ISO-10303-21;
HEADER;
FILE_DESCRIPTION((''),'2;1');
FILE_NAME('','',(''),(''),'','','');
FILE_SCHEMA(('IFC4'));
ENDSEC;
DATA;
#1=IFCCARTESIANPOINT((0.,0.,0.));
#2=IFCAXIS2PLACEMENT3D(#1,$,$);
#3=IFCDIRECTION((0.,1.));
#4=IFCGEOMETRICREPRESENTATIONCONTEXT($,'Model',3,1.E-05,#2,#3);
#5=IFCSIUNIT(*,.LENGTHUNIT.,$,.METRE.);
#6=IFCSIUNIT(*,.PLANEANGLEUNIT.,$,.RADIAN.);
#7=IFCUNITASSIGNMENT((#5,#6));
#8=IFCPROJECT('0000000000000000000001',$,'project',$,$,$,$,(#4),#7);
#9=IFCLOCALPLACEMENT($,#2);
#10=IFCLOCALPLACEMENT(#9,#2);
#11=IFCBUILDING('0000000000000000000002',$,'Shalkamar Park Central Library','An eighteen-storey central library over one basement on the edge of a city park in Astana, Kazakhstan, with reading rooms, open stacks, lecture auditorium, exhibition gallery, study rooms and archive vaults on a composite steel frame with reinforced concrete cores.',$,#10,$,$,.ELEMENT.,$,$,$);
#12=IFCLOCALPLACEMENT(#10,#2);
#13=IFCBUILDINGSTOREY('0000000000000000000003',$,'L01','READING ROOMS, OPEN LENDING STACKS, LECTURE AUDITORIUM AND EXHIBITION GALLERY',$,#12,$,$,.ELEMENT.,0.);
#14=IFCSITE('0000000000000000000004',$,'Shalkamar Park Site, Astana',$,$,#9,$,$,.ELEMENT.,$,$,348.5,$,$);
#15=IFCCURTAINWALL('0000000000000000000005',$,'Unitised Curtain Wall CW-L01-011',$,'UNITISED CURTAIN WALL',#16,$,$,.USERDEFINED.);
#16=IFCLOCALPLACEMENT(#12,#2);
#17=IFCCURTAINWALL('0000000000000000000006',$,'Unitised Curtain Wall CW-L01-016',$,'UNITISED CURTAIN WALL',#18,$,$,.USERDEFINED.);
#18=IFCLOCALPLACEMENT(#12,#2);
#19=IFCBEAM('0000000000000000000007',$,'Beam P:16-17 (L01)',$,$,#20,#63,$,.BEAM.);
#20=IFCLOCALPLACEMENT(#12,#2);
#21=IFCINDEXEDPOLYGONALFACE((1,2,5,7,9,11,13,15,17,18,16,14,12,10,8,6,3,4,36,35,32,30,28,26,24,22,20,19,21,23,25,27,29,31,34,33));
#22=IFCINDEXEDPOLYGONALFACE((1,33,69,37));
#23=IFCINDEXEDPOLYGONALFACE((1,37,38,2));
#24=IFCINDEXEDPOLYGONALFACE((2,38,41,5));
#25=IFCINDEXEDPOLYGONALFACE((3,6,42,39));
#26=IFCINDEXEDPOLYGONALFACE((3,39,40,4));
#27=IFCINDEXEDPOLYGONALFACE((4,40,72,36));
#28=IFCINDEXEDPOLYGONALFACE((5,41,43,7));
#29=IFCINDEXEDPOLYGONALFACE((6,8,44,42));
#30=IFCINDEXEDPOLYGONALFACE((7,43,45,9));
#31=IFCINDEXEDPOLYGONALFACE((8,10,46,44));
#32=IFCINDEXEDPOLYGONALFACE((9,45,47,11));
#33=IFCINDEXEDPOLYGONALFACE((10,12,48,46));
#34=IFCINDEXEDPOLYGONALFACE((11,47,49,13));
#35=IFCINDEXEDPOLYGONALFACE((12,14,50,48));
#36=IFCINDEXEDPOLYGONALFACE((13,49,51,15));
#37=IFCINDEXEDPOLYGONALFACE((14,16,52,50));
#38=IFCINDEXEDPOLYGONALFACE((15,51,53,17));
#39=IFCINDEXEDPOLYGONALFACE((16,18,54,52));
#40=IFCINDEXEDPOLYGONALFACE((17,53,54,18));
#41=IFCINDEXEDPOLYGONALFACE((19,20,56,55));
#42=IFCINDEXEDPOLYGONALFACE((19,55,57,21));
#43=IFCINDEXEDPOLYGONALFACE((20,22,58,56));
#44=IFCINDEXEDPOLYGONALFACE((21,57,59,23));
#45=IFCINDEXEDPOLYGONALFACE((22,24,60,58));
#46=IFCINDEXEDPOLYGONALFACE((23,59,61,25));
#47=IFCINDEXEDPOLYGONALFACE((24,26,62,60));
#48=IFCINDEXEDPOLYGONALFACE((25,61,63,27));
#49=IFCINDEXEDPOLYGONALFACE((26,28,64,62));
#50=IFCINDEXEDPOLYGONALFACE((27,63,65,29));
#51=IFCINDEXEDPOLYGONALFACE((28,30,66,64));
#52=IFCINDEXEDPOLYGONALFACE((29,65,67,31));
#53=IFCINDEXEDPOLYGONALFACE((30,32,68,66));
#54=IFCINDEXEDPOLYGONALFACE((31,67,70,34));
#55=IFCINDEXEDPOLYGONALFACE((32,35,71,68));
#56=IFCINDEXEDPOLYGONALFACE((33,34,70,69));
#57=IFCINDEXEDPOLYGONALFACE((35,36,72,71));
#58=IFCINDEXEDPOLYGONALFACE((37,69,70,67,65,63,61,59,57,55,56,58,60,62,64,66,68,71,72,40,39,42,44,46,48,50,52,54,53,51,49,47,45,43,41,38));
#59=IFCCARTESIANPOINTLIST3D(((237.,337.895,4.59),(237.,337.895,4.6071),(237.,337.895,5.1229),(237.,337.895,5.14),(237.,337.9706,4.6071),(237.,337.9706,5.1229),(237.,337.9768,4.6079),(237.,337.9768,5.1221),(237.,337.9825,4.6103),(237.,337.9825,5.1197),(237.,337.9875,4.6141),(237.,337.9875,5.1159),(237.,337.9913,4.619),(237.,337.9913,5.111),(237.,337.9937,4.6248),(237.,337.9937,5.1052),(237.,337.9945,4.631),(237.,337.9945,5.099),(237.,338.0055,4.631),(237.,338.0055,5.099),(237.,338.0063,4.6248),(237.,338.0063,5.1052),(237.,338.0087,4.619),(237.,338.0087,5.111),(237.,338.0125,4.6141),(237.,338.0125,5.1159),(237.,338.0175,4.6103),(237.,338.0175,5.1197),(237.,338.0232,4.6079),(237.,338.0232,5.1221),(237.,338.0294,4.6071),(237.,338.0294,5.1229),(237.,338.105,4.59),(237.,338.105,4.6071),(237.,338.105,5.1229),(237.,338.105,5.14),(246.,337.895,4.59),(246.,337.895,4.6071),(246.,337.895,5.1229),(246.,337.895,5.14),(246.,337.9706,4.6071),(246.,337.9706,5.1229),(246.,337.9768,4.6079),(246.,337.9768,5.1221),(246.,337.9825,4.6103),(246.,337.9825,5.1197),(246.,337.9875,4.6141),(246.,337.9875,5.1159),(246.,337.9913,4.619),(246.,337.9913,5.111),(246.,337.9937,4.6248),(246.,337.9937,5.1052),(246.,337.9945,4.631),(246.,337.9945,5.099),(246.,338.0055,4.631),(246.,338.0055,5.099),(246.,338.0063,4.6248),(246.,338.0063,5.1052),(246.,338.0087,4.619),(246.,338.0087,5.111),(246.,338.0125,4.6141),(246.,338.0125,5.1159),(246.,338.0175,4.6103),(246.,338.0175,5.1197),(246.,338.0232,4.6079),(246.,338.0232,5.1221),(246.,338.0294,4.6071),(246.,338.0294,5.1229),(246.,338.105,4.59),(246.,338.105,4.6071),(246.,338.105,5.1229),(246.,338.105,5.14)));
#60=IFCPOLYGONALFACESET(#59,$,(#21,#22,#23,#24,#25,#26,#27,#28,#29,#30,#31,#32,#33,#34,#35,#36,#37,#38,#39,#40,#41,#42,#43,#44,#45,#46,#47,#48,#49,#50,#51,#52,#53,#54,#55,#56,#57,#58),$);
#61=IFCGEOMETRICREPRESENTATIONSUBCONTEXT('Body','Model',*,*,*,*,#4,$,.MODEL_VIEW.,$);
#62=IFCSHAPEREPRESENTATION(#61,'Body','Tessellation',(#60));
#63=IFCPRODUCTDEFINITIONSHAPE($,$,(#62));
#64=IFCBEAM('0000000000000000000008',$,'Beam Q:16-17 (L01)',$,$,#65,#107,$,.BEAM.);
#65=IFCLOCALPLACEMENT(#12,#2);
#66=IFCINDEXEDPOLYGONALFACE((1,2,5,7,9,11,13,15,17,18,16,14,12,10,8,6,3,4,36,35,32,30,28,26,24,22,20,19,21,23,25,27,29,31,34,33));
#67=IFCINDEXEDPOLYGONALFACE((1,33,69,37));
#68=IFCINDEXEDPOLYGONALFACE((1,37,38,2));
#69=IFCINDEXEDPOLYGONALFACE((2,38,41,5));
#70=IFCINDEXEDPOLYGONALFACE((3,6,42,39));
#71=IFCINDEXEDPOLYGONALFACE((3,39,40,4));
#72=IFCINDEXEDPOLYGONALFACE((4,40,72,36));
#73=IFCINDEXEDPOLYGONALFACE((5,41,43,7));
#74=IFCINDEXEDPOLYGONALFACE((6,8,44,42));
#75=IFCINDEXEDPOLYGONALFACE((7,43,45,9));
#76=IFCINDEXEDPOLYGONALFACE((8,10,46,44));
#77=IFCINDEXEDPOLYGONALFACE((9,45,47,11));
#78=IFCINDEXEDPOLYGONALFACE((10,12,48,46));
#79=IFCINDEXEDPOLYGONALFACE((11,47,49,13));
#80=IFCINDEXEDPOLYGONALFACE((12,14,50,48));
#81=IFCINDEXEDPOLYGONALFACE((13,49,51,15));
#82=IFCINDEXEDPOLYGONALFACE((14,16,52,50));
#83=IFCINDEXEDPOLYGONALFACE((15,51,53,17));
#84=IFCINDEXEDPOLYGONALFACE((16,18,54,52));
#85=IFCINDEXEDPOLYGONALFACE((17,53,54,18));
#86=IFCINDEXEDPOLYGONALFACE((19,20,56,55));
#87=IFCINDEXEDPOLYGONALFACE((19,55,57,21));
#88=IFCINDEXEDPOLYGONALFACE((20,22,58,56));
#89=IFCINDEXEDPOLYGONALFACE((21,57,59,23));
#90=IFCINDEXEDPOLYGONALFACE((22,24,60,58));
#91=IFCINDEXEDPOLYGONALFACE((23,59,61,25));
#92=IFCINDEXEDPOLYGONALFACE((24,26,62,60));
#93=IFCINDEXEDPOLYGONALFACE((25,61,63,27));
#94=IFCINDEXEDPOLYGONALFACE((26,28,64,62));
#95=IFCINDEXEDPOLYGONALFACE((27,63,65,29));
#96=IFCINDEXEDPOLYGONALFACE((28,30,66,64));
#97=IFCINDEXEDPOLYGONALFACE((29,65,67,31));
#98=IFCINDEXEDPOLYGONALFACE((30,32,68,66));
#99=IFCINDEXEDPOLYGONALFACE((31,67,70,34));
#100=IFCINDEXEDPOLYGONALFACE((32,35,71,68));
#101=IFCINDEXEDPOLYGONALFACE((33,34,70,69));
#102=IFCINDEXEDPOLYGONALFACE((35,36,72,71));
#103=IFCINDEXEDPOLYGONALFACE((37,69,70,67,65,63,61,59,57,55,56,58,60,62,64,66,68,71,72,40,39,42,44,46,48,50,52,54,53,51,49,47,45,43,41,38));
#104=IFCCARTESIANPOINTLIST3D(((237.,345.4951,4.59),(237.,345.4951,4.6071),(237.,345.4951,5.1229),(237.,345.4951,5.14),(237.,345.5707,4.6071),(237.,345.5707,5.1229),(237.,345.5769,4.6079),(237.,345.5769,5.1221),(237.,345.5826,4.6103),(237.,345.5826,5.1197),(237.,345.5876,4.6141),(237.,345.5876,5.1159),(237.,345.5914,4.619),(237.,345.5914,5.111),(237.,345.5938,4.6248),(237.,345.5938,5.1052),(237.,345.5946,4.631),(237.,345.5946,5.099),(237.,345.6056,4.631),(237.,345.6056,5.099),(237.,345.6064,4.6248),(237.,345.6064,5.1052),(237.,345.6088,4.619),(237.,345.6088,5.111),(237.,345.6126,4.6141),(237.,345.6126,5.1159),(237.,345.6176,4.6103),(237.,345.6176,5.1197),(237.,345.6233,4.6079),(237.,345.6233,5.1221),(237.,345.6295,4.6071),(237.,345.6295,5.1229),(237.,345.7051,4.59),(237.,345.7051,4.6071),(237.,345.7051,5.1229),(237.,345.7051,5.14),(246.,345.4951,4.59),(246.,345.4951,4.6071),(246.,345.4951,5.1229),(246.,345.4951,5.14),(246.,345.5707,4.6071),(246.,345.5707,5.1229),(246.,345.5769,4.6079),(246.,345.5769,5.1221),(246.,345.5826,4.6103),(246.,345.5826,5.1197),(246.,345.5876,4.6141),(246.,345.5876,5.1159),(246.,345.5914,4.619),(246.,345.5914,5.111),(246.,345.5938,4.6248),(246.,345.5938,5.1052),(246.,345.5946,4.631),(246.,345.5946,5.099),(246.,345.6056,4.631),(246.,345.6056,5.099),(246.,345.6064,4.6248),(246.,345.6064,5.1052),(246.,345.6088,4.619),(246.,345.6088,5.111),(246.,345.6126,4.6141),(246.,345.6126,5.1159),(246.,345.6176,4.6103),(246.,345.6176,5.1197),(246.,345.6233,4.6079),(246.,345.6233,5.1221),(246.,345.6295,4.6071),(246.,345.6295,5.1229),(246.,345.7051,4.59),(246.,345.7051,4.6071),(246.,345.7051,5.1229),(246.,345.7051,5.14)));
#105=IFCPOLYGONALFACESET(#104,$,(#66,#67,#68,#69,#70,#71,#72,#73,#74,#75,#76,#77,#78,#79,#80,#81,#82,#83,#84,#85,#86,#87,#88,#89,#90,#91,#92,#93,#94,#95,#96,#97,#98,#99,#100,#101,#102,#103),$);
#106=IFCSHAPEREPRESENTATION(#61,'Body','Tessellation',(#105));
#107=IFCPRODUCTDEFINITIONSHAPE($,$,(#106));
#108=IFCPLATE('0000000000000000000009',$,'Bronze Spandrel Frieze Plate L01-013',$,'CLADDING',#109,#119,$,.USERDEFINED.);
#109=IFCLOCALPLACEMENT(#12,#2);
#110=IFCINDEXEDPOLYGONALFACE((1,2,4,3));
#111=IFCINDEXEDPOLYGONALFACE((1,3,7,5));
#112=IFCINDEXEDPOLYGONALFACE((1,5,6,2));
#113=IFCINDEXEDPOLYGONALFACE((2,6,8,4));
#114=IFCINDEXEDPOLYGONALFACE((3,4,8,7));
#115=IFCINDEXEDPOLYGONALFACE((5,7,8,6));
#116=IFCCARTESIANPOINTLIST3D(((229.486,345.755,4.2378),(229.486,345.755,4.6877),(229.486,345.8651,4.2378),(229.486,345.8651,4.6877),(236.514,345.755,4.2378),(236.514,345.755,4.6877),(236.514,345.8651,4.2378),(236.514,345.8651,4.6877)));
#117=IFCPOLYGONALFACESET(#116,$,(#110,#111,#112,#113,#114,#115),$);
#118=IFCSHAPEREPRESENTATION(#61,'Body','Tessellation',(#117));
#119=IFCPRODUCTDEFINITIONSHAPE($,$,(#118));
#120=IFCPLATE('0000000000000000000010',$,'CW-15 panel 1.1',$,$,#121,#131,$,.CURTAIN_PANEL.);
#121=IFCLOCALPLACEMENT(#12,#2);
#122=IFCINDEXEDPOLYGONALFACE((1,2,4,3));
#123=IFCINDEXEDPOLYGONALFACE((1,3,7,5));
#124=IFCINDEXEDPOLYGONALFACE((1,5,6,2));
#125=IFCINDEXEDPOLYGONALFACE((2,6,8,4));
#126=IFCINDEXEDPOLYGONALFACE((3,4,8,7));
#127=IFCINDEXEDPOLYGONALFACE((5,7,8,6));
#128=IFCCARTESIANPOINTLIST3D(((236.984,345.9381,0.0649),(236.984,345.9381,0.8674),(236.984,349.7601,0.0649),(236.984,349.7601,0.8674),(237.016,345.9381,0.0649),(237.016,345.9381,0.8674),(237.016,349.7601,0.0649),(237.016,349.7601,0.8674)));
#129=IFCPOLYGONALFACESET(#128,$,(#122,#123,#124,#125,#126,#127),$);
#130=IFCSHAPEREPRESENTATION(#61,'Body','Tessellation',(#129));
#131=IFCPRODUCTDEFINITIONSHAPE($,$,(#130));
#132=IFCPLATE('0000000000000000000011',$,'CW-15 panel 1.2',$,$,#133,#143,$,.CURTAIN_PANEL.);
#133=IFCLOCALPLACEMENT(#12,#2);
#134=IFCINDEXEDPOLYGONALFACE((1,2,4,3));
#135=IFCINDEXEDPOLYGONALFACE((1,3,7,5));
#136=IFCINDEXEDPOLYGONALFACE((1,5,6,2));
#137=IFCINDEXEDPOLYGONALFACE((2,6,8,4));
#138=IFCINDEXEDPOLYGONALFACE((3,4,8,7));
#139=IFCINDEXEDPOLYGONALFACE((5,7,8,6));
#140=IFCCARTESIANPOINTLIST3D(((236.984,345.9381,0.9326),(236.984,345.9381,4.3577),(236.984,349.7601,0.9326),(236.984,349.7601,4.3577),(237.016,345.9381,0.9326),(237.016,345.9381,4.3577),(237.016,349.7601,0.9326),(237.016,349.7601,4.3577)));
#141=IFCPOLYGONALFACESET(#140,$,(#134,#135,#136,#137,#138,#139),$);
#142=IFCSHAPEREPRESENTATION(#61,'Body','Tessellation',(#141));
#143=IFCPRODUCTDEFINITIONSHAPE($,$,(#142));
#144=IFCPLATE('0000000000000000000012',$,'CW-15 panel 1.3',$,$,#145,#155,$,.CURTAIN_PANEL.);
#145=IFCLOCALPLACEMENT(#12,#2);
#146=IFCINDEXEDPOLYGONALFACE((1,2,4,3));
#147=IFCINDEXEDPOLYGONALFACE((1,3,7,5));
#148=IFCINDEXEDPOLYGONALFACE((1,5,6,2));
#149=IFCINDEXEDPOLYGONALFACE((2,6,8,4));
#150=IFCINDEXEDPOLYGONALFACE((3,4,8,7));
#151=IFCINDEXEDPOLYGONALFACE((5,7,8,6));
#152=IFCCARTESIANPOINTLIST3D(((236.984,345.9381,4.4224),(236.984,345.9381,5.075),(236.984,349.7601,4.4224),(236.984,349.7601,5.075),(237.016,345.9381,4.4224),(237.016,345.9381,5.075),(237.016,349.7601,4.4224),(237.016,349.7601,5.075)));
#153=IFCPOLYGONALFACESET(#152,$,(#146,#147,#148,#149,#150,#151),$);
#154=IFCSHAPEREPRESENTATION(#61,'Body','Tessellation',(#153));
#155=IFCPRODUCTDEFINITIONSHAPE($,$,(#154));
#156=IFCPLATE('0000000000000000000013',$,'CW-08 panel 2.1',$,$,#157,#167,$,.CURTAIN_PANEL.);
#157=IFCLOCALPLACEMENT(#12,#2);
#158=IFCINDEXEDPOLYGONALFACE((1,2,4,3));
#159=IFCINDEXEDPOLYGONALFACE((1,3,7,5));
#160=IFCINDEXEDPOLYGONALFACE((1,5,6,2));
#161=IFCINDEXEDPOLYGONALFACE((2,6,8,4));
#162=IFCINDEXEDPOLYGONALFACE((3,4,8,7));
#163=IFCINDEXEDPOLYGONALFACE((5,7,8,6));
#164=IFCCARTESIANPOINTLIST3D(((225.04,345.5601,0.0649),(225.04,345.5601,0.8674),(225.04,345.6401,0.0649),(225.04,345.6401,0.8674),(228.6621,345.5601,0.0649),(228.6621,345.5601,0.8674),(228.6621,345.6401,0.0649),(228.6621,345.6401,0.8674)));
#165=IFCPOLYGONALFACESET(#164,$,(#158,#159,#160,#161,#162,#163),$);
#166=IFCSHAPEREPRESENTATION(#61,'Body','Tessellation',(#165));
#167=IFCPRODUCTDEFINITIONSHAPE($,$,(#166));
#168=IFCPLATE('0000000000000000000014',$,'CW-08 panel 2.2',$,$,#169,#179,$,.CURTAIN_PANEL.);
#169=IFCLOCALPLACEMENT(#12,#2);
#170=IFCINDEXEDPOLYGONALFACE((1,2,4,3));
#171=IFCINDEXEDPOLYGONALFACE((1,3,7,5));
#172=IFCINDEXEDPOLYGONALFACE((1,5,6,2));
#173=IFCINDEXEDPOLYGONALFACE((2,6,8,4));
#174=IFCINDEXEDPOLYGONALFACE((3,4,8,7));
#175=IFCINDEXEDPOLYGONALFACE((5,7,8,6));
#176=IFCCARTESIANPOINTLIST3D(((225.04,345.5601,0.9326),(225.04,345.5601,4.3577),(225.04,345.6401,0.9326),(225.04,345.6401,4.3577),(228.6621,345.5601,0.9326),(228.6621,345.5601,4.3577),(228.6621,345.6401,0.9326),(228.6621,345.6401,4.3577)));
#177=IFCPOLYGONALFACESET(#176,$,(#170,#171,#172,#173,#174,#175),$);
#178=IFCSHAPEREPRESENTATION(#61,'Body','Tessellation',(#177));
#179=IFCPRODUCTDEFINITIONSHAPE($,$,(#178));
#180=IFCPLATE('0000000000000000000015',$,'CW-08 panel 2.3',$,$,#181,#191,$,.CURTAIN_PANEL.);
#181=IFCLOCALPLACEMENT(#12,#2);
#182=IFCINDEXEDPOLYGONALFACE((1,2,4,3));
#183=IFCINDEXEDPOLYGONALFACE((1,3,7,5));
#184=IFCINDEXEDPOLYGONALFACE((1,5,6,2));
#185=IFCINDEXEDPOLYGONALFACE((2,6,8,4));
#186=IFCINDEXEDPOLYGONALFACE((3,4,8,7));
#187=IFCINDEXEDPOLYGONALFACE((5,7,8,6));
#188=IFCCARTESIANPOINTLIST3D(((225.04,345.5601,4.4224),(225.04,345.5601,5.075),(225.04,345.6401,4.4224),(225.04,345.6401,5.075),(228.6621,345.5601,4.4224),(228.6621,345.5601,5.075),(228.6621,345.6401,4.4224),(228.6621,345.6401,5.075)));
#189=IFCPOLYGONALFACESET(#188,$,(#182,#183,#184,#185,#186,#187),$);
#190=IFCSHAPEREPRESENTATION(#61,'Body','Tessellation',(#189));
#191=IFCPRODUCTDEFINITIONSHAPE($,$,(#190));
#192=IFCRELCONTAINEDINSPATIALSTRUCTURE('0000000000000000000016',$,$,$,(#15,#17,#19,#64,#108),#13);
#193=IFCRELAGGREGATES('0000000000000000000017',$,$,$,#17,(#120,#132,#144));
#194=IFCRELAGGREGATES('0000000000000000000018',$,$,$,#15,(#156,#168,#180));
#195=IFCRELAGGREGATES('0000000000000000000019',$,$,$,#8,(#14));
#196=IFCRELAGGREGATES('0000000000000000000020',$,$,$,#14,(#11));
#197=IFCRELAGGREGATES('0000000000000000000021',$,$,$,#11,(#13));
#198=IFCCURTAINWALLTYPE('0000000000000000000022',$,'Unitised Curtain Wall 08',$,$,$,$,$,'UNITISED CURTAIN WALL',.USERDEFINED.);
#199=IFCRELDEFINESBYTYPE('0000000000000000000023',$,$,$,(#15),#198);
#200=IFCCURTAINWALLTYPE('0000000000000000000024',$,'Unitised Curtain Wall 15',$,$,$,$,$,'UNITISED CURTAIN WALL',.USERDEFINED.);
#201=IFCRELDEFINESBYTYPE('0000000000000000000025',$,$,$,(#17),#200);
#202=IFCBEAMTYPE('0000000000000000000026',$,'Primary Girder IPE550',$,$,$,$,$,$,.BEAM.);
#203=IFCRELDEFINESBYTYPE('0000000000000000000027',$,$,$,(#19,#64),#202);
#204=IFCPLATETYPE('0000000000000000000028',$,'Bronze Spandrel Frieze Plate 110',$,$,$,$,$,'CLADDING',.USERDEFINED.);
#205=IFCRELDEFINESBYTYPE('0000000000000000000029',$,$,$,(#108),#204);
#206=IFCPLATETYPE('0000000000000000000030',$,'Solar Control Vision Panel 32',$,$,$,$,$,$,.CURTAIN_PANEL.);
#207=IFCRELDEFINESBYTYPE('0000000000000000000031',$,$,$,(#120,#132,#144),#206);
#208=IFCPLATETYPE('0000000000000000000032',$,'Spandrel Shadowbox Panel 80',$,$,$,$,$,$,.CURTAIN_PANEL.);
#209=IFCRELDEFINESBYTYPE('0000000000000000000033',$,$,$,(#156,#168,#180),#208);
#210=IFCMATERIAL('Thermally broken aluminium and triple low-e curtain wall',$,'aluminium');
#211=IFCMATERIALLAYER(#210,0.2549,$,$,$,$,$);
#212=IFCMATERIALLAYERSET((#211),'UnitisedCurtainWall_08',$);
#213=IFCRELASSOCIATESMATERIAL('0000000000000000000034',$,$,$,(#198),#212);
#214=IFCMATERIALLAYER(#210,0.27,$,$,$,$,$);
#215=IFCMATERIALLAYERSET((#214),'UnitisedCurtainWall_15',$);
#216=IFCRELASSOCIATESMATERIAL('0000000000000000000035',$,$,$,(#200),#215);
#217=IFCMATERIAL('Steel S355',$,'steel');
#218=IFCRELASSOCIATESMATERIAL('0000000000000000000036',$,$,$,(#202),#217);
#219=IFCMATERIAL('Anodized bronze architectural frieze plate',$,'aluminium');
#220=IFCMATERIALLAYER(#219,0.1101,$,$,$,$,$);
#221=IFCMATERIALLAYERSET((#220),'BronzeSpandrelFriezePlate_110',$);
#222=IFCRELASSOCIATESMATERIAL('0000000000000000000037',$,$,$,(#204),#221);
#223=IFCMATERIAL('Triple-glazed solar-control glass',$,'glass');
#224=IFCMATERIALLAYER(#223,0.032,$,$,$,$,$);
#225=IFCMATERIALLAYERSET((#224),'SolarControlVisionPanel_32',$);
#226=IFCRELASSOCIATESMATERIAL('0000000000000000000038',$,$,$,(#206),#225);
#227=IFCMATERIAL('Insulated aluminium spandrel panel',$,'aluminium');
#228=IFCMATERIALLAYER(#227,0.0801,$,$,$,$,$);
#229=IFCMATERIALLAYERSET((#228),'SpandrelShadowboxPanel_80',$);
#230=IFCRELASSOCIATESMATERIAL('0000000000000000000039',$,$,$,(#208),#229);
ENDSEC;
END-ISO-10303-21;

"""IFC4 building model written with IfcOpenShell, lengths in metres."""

from ifc_helpers import new_model, si_unit, direction, frame, origin, origin_2d, place, context, subcontext, project, spatial, rectangle, i_section, extrude, material, layer, layer_set, material_profile, profile_set, type_object, element, aggregate, save


model = new_model("IFC4")

# Units and contexts
model_context = context("Model", 3, precision=1e-05, world=origin(), true_north=direction((0.0, 1.0)))
body_context = subcontext(model_context, "Body", "Model", "MODEL_VIEW")
ifc_project = project(units=[si_unit("LENGTHUNIT", "METRE"), si_unit("PLANEANGLEUNIT", "RADIAN")], contexts=[model_context])

# Site, building, storey
site_placement = place(None, origin())
site = spatial("IfcSite", under=ifc_project, at=site_placement, Name="Shalkamar Park Site, Astana", CompositionType="ELEMENT", RefElevation=348.5)
building_placement = place(site_placement, origin())
building = spatial("IfcBuilding", under=site, at=building_placement, Name="Shalkamar Park Central Library", Description="An eighteen-storey central library over one basement on the edge of a city park in Astana, Kazakhstan, with reading rooms, open stacks, lecture auditorium, exhibition gallery, study rooms and archive vaults on a composite steel frame with reinforced concrete cores.", CompositionType="ELEMENT")
storey_placement = place(building_placement, origin())
storey = spatial("IfcBuildingStorey", under=building, at=storey_placement, Name="L01", Description="READING ROOMS, OPEN LENDING STACKS, LECTURE AUDITORIUM AND EXHIBITION GALLERY", CompositionType="ELEMENT", Elevation=0.0)

# Shared definitions
ifc_material_1 = material(Name="Steel S355", Category="steel")

# Curtain walls
ifc_material_2 = material(Name="Thermally broken aluminium and triple low-e curtain wall", Category="aluminium")
ifc_layer_1 = layer(ifc_material_2, 0.2549)
ifc_layer_set_1 = layer_set([ifc_layer_1], Name="UnitisedCurtainWall_08")
curtain_wall_type_1 = type_object("IfcCurtainWallType", Name="Unitised Curtain Wall 08", ElementType="UNITISED CURTAIN WALL", PredefinedType="USERDEFINED", material=ifc_layer_set_1)
curtain_wall_1_placement = place(storey_placement, origin())
curtain_wall_1 = element("IfcCurtainWall", 1, at=curtain_wall_1_placement, inside=storey, type_object=curtain_wall_type_1, Name="Unitised Curtain Wall CW-L01-011", ObjectType="UNITISED CURTAIN WALL", PredefinedType="USERDEFINED")
ifc_layer_2 = layer(ifc_material_2, 0.27)
ifc_layer_set_2 = layer_set([ifc_layer_2], Name="UnitisedCurtainWall_15")
curtain_wall_type_2 = type_object("IfcCurtainWallType", Name="Unitised Curtain Wall 15", ElementType="UNITISED CURTAIN WALL", PredefinedType="USERDEFINED", material=ifc_layer_set_2)
curtain_wall_2_placement = place(storey_placement, origin())
curtain_wall_2 = element("IfcCurtainWall", 2, at=curtain_wall_2_placement, inside=storey, type_object=curtain_wall_type_2, Name="Unitised Curtain Wall CW-L01-016", ObjectType="UNITISED CURTAIN WALL", PredefinedType="USERDEFINED")

# Beams
ifc_material_profile_1 = material_profile(ifc_material_1, i_section(OverallWidth=0.21, OverallDepth=0.55, WebThickness=0.011, FlangeThickness=0.0171, FilletRadius=0.0239, at=origin_2d()), Name="IPE 550")
ifc_profile_set_1 = profile_set([ifc_material_profile_1], Name="Steel S355")
beam_type_1 = type_object("IfcBeamType", Name="Primary Girder IPE550", PredefinedType="BEAM", material=ifc_profile_set_1)
for number, where, z_axis, x_axis, name in (
    (3, (237.0, 338.0, 4.865), (1.0, 0.0, 0.0), (0.0, 1.0, 0.0), "Beam P:16-17 (L01)"),
    (4, (237.0, 345.6001, 4.865), (1.0, 0.0, 0.0), (0.0, 1.0, 0.0), "Beam Q:16-17 (L01)"),
):
    element("IfcBeam", number, at=place(storey_placement, frame(where, z_axis=z_axis, x_axis=x_axis)), inside=storey, type_object=beam_type_1, Name=name, PredefinedType="BEAM", context=body_context, shape_type="SweptSolid", body=[
        extrude(i_section(OverallWidth=0.21, OverallDepth=0.55, WebThickness=0.011, FlangeThickness=0.0171, FilletRadius=0.0239, at=origin_2d()), origin(), (0.0, 0.0, 1.0), 9.0),
    ])

# Plates
ifc_material_3 = material(Name="Anodized bronze architectural frieze plate", Category="aluminium")
ifc_layer_3 = layer(ifc_material_3, 0.1101)
ifc_layer_set_3 = layer_set([ifc_layer_3], Name="BronzeSpandrelFriezePlate_110")
plate_type_1 = type_object("IfcPlateType", Name="Bronze Spandrel Frieze Plate 110", ElementType="CLADDING", PredefinedType="USERDEFINED", material=ifc_layer_set_3)
plate_1_placement = place(storey_placement, frame((233.0, 345.8101, 4.2378), z_axis=(0.0, 0.0, 1.0), x_axis=(1.0, 0.0, 0.0)))
element("IfcPlate", 5, at=plate_1_placement, inside=storey, type_object=plate_type_1, Name="Bronze Spandrel Frieze Plate L01-013", ObjectType="CLADDING", PredefinedType="USERDEFINED", context=body_context, shape_type="SweptSolid", body=[
    extrude(rectangle(XDim=7.0281, YDim=0.1101, at=origin_2d()), origin(), (0.0, 0.0, 1.0), 0.45),
])
ifc_material_4 = material(Name="Triple-glazed solar-control glass", Category="glass")
ifc_layer_4 = layer(ifc_material_4, 0.032)
ifc_layer_set_4 = layer_set([ifc_layer_4], Name="SolarControlVisionPanel_32")
plate_type_2 = type_object("IfcPlateType", Name="Solar Control Vision Panel 32", PredefinedType="CURTAIN_PANEL", material=ifc_layer_set_4)
plate_2_placement = place(storey_placement, frame((237.0, 347.8491, 0.0649), z_axis=(0.0, 0.0, 1.0), x_axis=(0.0, 1.0, 0.0)))
plate_2 = element("IfcPlate", 6, at=plate_2_placement, type_object=plate_type_2, Name="CW-15 panel 1.1", PredefinedType="CURTAIN_PANEL", context=body_context, shape_type="SweptSolid", body=[
    extrude(rectangle(XDim=3.822, YDim=0.032, at=origin_2d()), origin(), (0.0, 0.0, 1.0), 0.8025),
])
plate_3_placement = place(storey_placement, frame((237.0, 347.8491, 0.9326), z_axis=(0.0, 0.0, 1.0), x_axis=(0.0, 1.0, 0.0)))
plate_3 = element("IfcPlate", 7, at=plate_3_placement, type_object=plate_type_2, Name="CW-15 panel 1.2", PredefinedType="CURTAIN_PANEL", context=body_context, shape_type="SweptSolid", body=[
    extrude(rectangle(XDim=3.822, YDim=0.032, at=origin_2d()), origin(), (0.0, 0.0, 1.0), 3.425),
])
plate_4_placement = place(storey_placement, frame((237.0, 347.8491, 4.4224), z_axis=(0.0, 0.0, 1.0), x_axis=(0.0, 1.0, 0.0)))
plate_4 = element("IfcPlate", 8, at=plate_4_placement, type_object=plate_type_2, Name="CW-15 panel 1.3", PredefinedType="CURTAIN_PANEL", context=body_context, shape_type="SweptSolid", body=[
    extrude(rectangle(XDim=3.822, YDim=0.032, at=origin_2d()), origin(), (0.0, 0.0, 1.0), 0.6526),
])
aggregate(curtain_wall_2, [plate_2, plate_3, plate_4])
ifc_material_5 = material(Name="Insulated aluminium spandrel panel", Category="aluminium")
ifc_layer_5 = layer(ifc_material_5, 0.0801)
ifc_layer_set_5 = layer_set([ifc_layer_5], Name="SpandrelShadowboxPanel_80")
plate_type_3 = type_object("IfcPlateType", Name="Spandrel Shadowbox Panel 80", PredefinedType="CURTAIN_PANEL", material=ifc_layer_set_5)
plate_5_placement = place(storey_placement, frame((226.8511, 345.6001, 0.0649), z_axis=(0.0, 0.0, 1.0), x_axis=(1.0, 0.0, 0.0)))
plate_5 = element("IfcPlate", 9, at=plate_5_placement, type_object=plate_type_3, Name="CW-08 panel 2.1", PredefinedType="CURTAIN_PANEL", context=body_context, shape_type="SweptSolid", body=[
    extrude(rectangle(XDim=3.6221, YDim=0.0801, at=origin_2d()), origin(), (0.0, 0.0, 1.0), 0.8025),
])
plate_6_placement = place(storey_placement, frame((226.8511, 345.6001, 0.9326), z_axis=(0.0, 0.0, 1.0), x_axis=(1.0, 0.0, 0.0)))
plate_6 = element("IfcPlate", 10, at=plate_6_placement, type_object=plate_type_3, Name="CW-08 panel 2.2", PredefinedType="CURTAIN_PANEL", context=body_context, shape_type="SweptSolid", body=[
    extrude(rectangle(XDim=3.6221, YDim=0.0801, at=origin_2d()), origin(), (0.0, 0.0, 1.0), 3.425),
])
plate_7_placement = place(storey_placement, frame((226.8511, 345.6001, 4.4224), z_axis=(0.0, 0.0, 1.0), x_axis=(1.0, 0.0, 0.0)))
plate_7 = element("IfcPlate", 11, at=plate_7_placement, type_object=plate_type_3, Name="CW-08 panel 2.3", PredefinedType="CURTAIN_PANEL", context=body_context, shape_type="SweptSolid", body=[
    extrude(rectangle(XDim=3.6221, YDim=0.0801, at=origin_2d()), origin(), (0.0, 0.0, 1.0), 0.6526),
])
aggregate(curtain_wall_1, [plate_5, plate_6, plate_7])

save(model, "model.ifc")
